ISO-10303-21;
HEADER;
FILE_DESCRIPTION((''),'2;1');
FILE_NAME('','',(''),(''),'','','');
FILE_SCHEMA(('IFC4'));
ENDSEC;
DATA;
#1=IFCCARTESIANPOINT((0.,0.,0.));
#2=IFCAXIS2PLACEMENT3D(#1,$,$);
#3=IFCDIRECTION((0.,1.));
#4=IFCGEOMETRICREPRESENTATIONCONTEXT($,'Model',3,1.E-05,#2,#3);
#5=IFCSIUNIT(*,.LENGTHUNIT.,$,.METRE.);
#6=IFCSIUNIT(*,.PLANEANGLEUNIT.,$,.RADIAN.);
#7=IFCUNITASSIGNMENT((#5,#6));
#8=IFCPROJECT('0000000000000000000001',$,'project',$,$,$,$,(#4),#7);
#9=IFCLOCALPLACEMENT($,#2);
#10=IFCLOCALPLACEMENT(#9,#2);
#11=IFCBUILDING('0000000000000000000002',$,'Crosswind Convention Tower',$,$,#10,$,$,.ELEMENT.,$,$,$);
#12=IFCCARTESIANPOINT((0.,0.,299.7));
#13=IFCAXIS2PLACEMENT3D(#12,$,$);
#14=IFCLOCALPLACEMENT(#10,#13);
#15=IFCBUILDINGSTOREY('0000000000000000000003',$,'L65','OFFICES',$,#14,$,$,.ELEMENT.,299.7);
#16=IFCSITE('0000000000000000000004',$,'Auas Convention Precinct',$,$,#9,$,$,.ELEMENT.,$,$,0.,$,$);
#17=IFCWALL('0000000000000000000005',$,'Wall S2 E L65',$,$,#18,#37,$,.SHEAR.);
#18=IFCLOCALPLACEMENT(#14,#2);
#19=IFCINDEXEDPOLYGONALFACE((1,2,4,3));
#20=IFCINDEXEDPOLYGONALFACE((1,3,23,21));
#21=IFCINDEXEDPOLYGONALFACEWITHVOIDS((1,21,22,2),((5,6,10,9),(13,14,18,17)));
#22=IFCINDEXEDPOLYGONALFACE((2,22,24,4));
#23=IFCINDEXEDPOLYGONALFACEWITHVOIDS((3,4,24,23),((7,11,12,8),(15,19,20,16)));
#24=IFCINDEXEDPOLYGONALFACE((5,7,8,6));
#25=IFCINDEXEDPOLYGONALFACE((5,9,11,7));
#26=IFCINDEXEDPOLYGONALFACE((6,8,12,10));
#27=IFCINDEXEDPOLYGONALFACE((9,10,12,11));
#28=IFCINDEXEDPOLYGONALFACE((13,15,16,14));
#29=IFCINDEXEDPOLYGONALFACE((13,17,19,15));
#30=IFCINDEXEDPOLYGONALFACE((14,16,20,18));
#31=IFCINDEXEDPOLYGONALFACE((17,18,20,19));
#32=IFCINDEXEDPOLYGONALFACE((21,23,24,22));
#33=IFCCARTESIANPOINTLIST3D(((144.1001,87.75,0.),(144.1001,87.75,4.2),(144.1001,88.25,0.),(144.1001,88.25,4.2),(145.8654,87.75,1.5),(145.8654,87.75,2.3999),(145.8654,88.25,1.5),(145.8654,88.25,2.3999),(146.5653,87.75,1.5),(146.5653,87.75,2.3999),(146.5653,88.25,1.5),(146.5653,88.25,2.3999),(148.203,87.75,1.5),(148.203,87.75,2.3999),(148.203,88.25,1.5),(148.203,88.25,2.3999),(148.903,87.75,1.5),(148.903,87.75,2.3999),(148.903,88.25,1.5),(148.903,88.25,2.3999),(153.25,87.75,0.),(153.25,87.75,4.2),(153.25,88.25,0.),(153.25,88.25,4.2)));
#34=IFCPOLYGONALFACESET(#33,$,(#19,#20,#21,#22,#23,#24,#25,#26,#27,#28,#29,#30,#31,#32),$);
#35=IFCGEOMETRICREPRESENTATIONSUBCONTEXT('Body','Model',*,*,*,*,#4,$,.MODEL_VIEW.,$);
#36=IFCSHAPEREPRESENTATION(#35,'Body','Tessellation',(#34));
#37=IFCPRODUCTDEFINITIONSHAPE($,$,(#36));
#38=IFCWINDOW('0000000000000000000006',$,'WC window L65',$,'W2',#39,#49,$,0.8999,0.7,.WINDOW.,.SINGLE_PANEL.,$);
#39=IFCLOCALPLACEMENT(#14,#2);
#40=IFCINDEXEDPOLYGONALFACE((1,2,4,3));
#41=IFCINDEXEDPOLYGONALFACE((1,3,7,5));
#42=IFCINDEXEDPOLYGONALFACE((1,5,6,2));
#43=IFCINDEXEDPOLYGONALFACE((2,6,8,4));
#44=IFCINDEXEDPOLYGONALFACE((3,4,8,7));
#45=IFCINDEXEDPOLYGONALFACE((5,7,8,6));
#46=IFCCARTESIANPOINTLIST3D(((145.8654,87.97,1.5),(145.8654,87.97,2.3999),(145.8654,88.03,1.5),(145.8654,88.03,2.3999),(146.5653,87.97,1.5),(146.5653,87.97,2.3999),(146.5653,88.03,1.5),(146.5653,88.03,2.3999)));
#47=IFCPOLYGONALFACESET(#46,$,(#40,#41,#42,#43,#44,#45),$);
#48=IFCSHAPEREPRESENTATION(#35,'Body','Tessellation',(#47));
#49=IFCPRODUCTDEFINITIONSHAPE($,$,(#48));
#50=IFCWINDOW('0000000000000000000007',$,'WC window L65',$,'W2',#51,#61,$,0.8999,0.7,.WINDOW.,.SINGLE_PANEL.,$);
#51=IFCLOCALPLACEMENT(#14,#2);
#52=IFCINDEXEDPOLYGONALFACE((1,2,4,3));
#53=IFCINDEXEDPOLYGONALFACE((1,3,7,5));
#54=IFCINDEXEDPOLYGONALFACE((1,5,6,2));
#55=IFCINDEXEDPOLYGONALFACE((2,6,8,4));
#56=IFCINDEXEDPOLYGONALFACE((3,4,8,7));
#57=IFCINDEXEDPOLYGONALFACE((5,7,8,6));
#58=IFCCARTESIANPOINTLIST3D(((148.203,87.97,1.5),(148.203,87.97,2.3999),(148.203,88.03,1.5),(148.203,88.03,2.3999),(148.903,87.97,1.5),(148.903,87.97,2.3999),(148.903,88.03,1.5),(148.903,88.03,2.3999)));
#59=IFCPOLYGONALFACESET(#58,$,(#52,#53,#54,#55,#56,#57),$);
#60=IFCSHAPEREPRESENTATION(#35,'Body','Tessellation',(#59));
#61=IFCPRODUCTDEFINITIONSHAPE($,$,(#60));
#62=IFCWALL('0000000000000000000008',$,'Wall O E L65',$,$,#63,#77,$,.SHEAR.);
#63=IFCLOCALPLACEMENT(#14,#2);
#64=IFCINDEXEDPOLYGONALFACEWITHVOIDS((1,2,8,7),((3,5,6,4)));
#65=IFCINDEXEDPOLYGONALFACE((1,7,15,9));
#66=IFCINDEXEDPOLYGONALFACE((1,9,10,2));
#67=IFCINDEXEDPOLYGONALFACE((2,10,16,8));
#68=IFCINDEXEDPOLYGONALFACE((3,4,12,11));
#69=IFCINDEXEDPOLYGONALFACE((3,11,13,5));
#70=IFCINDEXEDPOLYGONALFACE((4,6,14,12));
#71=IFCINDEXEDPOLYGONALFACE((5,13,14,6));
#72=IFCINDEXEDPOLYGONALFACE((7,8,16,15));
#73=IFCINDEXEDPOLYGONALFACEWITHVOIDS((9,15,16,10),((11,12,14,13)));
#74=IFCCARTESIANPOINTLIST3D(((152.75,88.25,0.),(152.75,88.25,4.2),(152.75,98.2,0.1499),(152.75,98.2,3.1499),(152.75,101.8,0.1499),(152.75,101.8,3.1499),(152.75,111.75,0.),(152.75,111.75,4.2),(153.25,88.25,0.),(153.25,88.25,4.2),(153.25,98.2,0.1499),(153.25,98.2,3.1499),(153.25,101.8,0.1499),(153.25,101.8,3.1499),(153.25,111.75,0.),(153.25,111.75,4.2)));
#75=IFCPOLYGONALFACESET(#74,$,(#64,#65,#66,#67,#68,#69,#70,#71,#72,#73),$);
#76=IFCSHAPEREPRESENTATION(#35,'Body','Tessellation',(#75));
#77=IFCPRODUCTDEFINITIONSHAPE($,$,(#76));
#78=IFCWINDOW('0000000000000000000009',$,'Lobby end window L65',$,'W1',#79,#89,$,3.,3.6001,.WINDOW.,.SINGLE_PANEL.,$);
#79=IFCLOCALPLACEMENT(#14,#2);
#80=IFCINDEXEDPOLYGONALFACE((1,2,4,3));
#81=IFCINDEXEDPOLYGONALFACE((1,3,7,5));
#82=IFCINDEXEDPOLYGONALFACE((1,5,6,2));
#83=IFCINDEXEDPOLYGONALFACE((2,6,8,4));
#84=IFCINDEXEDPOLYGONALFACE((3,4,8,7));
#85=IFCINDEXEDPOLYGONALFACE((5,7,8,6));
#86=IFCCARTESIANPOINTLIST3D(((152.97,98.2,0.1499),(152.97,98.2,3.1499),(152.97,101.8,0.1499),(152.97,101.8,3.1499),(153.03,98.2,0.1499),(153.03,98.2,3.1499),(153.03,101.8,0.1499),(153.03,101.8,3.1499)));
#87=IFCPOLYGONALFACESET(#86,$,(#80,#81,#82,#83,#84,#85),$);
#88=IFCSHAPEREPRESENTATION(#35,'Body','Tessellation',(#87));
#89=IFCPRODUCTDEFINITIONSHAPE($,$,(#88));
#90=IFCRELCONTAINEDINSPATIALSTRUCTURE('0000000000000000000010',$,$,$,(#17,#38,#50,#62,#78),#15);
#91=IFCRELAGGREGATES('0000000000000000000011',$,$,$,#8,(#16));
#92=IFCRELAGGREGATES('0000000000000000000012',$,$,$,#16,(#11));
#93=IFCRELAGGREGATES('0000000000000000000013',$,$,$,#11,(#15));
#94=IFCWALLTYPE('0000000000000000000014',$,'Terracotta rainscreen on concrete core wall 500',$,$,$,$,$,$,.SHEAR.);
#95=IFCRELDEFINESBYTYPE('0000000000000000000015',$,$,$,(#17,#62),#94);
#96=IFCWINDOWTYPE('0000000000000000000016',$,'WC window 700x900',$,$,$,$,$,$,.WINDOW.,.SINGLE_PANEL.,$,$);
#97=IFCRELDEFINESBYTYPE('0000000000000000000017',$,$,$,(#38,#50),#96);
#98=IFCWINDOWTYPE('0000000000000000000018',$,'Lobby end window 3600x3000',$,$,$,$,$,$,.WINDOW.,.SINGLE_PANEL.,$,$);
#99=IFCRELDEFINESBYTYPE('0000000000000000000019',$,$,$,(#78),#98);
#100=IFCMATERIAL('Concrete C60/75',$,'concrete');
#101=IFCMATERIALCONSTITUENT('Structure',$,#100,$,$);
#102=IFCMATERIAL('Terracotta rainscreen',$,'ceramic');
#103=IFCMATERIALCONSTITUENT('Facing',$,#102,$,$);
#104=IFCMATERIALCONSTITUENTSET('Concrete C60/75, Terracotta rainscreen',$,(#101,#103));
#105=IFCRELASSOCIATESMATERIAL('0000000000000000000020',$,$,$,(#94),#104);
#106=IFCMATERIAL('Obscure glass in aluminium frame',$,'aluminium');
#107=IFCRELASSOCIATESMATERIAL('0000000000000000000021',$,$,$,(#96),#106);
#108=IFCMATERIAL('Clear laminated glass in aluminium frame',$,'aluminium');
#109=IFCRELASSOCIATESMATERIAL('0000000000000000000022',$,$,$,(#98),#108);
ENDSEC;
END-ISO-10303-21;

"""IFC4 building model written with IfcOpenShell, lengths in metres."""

from ifc_helpers import new_model, si_unit, direction, frame, frame_2d, origin, place, context, subcontext, project, spatial, rectangle, extrude, material, constituent, constituent_set, type_object, element, fill, save


model = new_model("IFC4")

# Units and contexts
model_context = context("Model", 3, precision=1e-05, world=origin(), true_north=direction((0.0, 1.0)))
body_context = subcontext(model_context, "Body", "Model", "MODEL_VIEW")
ifc_project = project(units=[si_unit("LENGTHUNIT", "METRE"), si_unit("PLANEANGLEUNIT", "RADIAN")], contexts=[model_context])

# Site, building, storey
site_placement = place(None, origin())
site = spatial("IfcSite", under=ifc_project, at=site_placement, Name="Auas Convention Precinct", CompositionType="ELEMENT", RefElevation=0.0)
building_placement = place(site_placement, origin())
building = spatial("IfcBuilding", under=site, at=building_placement, Name="Crosswind Convention Tower", CompositionType="ELEMENT")
storey_placement = place(building_placement, frame((0.0, 0.0, 299.7)))
storey = spatial("IfcBuildingStorey", under=building, at=storey_placement, Name="L65", Description="OFFICES", CompositionType="ELEMENT", Elevation=299.7)

# Wall, openings, windows
ifc_material_1 = material(Name="Concrete C60/75", Category="concrete")
ifc_constituent_1 = constituent(ifc_material_1, Name="Structure")
ifc_material_2 = material(Name="Terracotta rainscreen", Category="ceramic")
ifc_constituent_2 = constituent(ifc_material_2, Name="Facing")
ifc_constituent_set = constituent_set(constituents=[ifc_constituent_1, ifc_constituent_2], Name="Concrete C60/75, Terracotta rainscreen")
wall_type_1 = type_object("IfcWallType", Name="Terracotta rainscreen on concrete core wall 500", PredefinedType="SHEAR", material=ifc_constituent_set)
wall_1_placement = place(storey_placement, frame((144.1001, 88.0, 0.0), z_axis=(0.0, 0.0, 1.0), x_axis=(1.0, 0.0, 0.0)))
wall_1 = element("IfcWall", 1, at=wall_1_placement, inside=storey, type_object=wall_type_1, Name="Wall S2 E L65", PredefinedType="SHEAR", context=body_context, shape_type="SweptSolid", body=[
    extrude(rectangle(XDim=9.1499, YDim=0.5, at=frame_2d((4.575, 0.0))), origin(), (0.0, 0.0, 1.0), 4.2),
])
opening_1_placement = place(wall_1_placement, frame((1.7651, 0.0, 1.5)))
opening_1 = element("IfcOpeningElement", 2, at=opening_1_placement, cuts=wall_1, PredefinedType="OPENING", context=body_context, shape_type="SweptSolid", body=[
    extrude(rectangle(XDim=0.7, YDim=0.8999, at=frame_2d((0.3501, 0.45))), frame((0.0, 0.26, 0.0), z_axis=(0.0, -1.0, 0.0), x_axis=(1.0, 0.0, 0.0)), (0.0, 0.0, 1.0), 0.52),
])
opening_2_placement = place(wall_1_placement, frame((4.1028, 0.0, 1.5)))
opening_2 = element("IfcOpeningElement", 3, at=opening_2_placement, cuts=wall_1, PredefinedType="OPENING", context=body_context, shape_type="SweptSolid", body=[
    extrude(rectangle(XDim=0.7, YDim=0.8999, at=frame_2d((0.3501, 0.45))), frame((0.0, 0.26, 0.0), z_axis=(0.0, -1.0, 0.0), x_axis=(1.0, 0.0, 0.0)), (0.0, 0.0, 1.0), 0.52),
])
ifc_material_3 = material(Name="Obscure glass in aluminium frame", Category="aluminium")
window_type_1 = type_object("IfcWindowType", Name="WC window 700x900", PartitioningType="SINGLE_PANEL", PredefinedType="WINDOW", material=ifc_material_3)
window_1_placement = place(opening_1_placement, origin())
window_1 = element("IfcWindow", 4, at=window_1_placement, inside=storey, type_object=window_type_1, Name="WC window L65", ObjectType="W2", OverallHeight=0.8999, OverallWidth=0.7, PartitioningType="SINGLE_PANEL", PredefinedType="WINDOW", context=body_context, shape_type="SweptSolid", body=[
    extrude(rectangle(XDim=0.7, YDim=0.8999, at=frame_2d((0.3501, 0.45))), frame((0.0, 0.03, 0.0), z_axis=(0.0, -1.0, 0.0), x_axis=(1.0, 0.0, 0.0)), (0.0, 0.0, 1.0), 0.0601),
])
fill(opening_1, window_1)
window_2_placement = place(opening_2_placement, origin())
window_2 = element("IfcWindow", 5, at=window_2_placement, inside=storey, type_object=window_type_1, Name="WC window L65", ObjectType="W2", OverallHeight=0.8999, OverallWidth=0.7, PartitioningType="SINGLE_PANEL", PredefinedType="WINDOW", context=body_context, shape_type="SweptSolid", body=[
    extrude(rectangle(XDim=0.7, YDim=0.8999, at=frame_2d((0.3501, 0.45))), frame((0.0, 0.03, 0.0), z_axis=(0.0, -1.0, 0.0), x_axis=(1.0, 0.0, 0.0)), (0.0, 0.0, 1.0), 0.0601),
])
fill(opening_2, window_2)

# Wall, opening, window
wall_2_placement = place(storey_placement, frame((153.0, 88.25, 0.0), z_axis=(0.0, 0.0, 1.0), x_axis=(0.0, 1.0, 0.0)))
wall_2 = element("IfcWall", 6, at=wall_2_placement, inside=storey, type_object=wall_type_1, Name="Wall O E L65", PredefinedType="SHEAR", context=body_context, shape_type="SweptSolid", body=[
    extrude(rectangle(XDim=23.5, YDim=0.5, at=frame_2d((11.75, 0.0))), origin(), (0.0, 0.0, 1.0), 4.2),
])
opening_3_placement = place(wall_2_placement, frame((9.95, 0.0, 0.1499)))
opening_3 = element("IfcOpeningElement", 7, at=opening_3_placement, cuts=wall_2, PredefinedType="OPENING", context=body_context, shape_type="SweptSolid", body=[
    extrude(rectangle(XDim=3.6001, YDim=3.0, at=frame_2d((1.8, 1.5))), frame((0.0, 0.26, 0.0), z_axis=(0.0, -1.0, 0.0), x_axis=(1.0, 0.0, 0.0)), (0.0, 0.0, 1.0), 0.52),
])
ifc_material_4 = material(Name="Clear laminated glass in aluminium frame", Category="aluminium")
window_type_2 = type_object("IfcWindowType", Name="Lobby end window 3600x3000", PartitioningType="SINGLE_PANEL", PredefinedType="WINDOW", material=ifc_material_4)
window_3_placement = place(opening_3_placement, origin())
window_3 = element("IfcWindow", 8, at=window_3_placement, inside=storey, type_object=window_type_2, Name="Lobby end window L65", ObjectType="W1", OverallHeight=3.0, OverallWidth=3.6001, PartitioningType="SINGLE_PANEL", PredefinedType="WINDOW", context=body_context, shape_type="SweptSolid", body=[
    extrude(rectangle(XDim=3.6001, YDim=3.0, at=frame_2d((1.8, 1.5))), frame((0.0, 0.03, 0.0), z_axis=(0.0, -1.0, 0.0), x_axis=(1.0, 0.0, 0.0)), (0.0, 0.0, 1.0), 0.0601),
])
fill(opening_3, window_3)

save(model, "model.ifc")
